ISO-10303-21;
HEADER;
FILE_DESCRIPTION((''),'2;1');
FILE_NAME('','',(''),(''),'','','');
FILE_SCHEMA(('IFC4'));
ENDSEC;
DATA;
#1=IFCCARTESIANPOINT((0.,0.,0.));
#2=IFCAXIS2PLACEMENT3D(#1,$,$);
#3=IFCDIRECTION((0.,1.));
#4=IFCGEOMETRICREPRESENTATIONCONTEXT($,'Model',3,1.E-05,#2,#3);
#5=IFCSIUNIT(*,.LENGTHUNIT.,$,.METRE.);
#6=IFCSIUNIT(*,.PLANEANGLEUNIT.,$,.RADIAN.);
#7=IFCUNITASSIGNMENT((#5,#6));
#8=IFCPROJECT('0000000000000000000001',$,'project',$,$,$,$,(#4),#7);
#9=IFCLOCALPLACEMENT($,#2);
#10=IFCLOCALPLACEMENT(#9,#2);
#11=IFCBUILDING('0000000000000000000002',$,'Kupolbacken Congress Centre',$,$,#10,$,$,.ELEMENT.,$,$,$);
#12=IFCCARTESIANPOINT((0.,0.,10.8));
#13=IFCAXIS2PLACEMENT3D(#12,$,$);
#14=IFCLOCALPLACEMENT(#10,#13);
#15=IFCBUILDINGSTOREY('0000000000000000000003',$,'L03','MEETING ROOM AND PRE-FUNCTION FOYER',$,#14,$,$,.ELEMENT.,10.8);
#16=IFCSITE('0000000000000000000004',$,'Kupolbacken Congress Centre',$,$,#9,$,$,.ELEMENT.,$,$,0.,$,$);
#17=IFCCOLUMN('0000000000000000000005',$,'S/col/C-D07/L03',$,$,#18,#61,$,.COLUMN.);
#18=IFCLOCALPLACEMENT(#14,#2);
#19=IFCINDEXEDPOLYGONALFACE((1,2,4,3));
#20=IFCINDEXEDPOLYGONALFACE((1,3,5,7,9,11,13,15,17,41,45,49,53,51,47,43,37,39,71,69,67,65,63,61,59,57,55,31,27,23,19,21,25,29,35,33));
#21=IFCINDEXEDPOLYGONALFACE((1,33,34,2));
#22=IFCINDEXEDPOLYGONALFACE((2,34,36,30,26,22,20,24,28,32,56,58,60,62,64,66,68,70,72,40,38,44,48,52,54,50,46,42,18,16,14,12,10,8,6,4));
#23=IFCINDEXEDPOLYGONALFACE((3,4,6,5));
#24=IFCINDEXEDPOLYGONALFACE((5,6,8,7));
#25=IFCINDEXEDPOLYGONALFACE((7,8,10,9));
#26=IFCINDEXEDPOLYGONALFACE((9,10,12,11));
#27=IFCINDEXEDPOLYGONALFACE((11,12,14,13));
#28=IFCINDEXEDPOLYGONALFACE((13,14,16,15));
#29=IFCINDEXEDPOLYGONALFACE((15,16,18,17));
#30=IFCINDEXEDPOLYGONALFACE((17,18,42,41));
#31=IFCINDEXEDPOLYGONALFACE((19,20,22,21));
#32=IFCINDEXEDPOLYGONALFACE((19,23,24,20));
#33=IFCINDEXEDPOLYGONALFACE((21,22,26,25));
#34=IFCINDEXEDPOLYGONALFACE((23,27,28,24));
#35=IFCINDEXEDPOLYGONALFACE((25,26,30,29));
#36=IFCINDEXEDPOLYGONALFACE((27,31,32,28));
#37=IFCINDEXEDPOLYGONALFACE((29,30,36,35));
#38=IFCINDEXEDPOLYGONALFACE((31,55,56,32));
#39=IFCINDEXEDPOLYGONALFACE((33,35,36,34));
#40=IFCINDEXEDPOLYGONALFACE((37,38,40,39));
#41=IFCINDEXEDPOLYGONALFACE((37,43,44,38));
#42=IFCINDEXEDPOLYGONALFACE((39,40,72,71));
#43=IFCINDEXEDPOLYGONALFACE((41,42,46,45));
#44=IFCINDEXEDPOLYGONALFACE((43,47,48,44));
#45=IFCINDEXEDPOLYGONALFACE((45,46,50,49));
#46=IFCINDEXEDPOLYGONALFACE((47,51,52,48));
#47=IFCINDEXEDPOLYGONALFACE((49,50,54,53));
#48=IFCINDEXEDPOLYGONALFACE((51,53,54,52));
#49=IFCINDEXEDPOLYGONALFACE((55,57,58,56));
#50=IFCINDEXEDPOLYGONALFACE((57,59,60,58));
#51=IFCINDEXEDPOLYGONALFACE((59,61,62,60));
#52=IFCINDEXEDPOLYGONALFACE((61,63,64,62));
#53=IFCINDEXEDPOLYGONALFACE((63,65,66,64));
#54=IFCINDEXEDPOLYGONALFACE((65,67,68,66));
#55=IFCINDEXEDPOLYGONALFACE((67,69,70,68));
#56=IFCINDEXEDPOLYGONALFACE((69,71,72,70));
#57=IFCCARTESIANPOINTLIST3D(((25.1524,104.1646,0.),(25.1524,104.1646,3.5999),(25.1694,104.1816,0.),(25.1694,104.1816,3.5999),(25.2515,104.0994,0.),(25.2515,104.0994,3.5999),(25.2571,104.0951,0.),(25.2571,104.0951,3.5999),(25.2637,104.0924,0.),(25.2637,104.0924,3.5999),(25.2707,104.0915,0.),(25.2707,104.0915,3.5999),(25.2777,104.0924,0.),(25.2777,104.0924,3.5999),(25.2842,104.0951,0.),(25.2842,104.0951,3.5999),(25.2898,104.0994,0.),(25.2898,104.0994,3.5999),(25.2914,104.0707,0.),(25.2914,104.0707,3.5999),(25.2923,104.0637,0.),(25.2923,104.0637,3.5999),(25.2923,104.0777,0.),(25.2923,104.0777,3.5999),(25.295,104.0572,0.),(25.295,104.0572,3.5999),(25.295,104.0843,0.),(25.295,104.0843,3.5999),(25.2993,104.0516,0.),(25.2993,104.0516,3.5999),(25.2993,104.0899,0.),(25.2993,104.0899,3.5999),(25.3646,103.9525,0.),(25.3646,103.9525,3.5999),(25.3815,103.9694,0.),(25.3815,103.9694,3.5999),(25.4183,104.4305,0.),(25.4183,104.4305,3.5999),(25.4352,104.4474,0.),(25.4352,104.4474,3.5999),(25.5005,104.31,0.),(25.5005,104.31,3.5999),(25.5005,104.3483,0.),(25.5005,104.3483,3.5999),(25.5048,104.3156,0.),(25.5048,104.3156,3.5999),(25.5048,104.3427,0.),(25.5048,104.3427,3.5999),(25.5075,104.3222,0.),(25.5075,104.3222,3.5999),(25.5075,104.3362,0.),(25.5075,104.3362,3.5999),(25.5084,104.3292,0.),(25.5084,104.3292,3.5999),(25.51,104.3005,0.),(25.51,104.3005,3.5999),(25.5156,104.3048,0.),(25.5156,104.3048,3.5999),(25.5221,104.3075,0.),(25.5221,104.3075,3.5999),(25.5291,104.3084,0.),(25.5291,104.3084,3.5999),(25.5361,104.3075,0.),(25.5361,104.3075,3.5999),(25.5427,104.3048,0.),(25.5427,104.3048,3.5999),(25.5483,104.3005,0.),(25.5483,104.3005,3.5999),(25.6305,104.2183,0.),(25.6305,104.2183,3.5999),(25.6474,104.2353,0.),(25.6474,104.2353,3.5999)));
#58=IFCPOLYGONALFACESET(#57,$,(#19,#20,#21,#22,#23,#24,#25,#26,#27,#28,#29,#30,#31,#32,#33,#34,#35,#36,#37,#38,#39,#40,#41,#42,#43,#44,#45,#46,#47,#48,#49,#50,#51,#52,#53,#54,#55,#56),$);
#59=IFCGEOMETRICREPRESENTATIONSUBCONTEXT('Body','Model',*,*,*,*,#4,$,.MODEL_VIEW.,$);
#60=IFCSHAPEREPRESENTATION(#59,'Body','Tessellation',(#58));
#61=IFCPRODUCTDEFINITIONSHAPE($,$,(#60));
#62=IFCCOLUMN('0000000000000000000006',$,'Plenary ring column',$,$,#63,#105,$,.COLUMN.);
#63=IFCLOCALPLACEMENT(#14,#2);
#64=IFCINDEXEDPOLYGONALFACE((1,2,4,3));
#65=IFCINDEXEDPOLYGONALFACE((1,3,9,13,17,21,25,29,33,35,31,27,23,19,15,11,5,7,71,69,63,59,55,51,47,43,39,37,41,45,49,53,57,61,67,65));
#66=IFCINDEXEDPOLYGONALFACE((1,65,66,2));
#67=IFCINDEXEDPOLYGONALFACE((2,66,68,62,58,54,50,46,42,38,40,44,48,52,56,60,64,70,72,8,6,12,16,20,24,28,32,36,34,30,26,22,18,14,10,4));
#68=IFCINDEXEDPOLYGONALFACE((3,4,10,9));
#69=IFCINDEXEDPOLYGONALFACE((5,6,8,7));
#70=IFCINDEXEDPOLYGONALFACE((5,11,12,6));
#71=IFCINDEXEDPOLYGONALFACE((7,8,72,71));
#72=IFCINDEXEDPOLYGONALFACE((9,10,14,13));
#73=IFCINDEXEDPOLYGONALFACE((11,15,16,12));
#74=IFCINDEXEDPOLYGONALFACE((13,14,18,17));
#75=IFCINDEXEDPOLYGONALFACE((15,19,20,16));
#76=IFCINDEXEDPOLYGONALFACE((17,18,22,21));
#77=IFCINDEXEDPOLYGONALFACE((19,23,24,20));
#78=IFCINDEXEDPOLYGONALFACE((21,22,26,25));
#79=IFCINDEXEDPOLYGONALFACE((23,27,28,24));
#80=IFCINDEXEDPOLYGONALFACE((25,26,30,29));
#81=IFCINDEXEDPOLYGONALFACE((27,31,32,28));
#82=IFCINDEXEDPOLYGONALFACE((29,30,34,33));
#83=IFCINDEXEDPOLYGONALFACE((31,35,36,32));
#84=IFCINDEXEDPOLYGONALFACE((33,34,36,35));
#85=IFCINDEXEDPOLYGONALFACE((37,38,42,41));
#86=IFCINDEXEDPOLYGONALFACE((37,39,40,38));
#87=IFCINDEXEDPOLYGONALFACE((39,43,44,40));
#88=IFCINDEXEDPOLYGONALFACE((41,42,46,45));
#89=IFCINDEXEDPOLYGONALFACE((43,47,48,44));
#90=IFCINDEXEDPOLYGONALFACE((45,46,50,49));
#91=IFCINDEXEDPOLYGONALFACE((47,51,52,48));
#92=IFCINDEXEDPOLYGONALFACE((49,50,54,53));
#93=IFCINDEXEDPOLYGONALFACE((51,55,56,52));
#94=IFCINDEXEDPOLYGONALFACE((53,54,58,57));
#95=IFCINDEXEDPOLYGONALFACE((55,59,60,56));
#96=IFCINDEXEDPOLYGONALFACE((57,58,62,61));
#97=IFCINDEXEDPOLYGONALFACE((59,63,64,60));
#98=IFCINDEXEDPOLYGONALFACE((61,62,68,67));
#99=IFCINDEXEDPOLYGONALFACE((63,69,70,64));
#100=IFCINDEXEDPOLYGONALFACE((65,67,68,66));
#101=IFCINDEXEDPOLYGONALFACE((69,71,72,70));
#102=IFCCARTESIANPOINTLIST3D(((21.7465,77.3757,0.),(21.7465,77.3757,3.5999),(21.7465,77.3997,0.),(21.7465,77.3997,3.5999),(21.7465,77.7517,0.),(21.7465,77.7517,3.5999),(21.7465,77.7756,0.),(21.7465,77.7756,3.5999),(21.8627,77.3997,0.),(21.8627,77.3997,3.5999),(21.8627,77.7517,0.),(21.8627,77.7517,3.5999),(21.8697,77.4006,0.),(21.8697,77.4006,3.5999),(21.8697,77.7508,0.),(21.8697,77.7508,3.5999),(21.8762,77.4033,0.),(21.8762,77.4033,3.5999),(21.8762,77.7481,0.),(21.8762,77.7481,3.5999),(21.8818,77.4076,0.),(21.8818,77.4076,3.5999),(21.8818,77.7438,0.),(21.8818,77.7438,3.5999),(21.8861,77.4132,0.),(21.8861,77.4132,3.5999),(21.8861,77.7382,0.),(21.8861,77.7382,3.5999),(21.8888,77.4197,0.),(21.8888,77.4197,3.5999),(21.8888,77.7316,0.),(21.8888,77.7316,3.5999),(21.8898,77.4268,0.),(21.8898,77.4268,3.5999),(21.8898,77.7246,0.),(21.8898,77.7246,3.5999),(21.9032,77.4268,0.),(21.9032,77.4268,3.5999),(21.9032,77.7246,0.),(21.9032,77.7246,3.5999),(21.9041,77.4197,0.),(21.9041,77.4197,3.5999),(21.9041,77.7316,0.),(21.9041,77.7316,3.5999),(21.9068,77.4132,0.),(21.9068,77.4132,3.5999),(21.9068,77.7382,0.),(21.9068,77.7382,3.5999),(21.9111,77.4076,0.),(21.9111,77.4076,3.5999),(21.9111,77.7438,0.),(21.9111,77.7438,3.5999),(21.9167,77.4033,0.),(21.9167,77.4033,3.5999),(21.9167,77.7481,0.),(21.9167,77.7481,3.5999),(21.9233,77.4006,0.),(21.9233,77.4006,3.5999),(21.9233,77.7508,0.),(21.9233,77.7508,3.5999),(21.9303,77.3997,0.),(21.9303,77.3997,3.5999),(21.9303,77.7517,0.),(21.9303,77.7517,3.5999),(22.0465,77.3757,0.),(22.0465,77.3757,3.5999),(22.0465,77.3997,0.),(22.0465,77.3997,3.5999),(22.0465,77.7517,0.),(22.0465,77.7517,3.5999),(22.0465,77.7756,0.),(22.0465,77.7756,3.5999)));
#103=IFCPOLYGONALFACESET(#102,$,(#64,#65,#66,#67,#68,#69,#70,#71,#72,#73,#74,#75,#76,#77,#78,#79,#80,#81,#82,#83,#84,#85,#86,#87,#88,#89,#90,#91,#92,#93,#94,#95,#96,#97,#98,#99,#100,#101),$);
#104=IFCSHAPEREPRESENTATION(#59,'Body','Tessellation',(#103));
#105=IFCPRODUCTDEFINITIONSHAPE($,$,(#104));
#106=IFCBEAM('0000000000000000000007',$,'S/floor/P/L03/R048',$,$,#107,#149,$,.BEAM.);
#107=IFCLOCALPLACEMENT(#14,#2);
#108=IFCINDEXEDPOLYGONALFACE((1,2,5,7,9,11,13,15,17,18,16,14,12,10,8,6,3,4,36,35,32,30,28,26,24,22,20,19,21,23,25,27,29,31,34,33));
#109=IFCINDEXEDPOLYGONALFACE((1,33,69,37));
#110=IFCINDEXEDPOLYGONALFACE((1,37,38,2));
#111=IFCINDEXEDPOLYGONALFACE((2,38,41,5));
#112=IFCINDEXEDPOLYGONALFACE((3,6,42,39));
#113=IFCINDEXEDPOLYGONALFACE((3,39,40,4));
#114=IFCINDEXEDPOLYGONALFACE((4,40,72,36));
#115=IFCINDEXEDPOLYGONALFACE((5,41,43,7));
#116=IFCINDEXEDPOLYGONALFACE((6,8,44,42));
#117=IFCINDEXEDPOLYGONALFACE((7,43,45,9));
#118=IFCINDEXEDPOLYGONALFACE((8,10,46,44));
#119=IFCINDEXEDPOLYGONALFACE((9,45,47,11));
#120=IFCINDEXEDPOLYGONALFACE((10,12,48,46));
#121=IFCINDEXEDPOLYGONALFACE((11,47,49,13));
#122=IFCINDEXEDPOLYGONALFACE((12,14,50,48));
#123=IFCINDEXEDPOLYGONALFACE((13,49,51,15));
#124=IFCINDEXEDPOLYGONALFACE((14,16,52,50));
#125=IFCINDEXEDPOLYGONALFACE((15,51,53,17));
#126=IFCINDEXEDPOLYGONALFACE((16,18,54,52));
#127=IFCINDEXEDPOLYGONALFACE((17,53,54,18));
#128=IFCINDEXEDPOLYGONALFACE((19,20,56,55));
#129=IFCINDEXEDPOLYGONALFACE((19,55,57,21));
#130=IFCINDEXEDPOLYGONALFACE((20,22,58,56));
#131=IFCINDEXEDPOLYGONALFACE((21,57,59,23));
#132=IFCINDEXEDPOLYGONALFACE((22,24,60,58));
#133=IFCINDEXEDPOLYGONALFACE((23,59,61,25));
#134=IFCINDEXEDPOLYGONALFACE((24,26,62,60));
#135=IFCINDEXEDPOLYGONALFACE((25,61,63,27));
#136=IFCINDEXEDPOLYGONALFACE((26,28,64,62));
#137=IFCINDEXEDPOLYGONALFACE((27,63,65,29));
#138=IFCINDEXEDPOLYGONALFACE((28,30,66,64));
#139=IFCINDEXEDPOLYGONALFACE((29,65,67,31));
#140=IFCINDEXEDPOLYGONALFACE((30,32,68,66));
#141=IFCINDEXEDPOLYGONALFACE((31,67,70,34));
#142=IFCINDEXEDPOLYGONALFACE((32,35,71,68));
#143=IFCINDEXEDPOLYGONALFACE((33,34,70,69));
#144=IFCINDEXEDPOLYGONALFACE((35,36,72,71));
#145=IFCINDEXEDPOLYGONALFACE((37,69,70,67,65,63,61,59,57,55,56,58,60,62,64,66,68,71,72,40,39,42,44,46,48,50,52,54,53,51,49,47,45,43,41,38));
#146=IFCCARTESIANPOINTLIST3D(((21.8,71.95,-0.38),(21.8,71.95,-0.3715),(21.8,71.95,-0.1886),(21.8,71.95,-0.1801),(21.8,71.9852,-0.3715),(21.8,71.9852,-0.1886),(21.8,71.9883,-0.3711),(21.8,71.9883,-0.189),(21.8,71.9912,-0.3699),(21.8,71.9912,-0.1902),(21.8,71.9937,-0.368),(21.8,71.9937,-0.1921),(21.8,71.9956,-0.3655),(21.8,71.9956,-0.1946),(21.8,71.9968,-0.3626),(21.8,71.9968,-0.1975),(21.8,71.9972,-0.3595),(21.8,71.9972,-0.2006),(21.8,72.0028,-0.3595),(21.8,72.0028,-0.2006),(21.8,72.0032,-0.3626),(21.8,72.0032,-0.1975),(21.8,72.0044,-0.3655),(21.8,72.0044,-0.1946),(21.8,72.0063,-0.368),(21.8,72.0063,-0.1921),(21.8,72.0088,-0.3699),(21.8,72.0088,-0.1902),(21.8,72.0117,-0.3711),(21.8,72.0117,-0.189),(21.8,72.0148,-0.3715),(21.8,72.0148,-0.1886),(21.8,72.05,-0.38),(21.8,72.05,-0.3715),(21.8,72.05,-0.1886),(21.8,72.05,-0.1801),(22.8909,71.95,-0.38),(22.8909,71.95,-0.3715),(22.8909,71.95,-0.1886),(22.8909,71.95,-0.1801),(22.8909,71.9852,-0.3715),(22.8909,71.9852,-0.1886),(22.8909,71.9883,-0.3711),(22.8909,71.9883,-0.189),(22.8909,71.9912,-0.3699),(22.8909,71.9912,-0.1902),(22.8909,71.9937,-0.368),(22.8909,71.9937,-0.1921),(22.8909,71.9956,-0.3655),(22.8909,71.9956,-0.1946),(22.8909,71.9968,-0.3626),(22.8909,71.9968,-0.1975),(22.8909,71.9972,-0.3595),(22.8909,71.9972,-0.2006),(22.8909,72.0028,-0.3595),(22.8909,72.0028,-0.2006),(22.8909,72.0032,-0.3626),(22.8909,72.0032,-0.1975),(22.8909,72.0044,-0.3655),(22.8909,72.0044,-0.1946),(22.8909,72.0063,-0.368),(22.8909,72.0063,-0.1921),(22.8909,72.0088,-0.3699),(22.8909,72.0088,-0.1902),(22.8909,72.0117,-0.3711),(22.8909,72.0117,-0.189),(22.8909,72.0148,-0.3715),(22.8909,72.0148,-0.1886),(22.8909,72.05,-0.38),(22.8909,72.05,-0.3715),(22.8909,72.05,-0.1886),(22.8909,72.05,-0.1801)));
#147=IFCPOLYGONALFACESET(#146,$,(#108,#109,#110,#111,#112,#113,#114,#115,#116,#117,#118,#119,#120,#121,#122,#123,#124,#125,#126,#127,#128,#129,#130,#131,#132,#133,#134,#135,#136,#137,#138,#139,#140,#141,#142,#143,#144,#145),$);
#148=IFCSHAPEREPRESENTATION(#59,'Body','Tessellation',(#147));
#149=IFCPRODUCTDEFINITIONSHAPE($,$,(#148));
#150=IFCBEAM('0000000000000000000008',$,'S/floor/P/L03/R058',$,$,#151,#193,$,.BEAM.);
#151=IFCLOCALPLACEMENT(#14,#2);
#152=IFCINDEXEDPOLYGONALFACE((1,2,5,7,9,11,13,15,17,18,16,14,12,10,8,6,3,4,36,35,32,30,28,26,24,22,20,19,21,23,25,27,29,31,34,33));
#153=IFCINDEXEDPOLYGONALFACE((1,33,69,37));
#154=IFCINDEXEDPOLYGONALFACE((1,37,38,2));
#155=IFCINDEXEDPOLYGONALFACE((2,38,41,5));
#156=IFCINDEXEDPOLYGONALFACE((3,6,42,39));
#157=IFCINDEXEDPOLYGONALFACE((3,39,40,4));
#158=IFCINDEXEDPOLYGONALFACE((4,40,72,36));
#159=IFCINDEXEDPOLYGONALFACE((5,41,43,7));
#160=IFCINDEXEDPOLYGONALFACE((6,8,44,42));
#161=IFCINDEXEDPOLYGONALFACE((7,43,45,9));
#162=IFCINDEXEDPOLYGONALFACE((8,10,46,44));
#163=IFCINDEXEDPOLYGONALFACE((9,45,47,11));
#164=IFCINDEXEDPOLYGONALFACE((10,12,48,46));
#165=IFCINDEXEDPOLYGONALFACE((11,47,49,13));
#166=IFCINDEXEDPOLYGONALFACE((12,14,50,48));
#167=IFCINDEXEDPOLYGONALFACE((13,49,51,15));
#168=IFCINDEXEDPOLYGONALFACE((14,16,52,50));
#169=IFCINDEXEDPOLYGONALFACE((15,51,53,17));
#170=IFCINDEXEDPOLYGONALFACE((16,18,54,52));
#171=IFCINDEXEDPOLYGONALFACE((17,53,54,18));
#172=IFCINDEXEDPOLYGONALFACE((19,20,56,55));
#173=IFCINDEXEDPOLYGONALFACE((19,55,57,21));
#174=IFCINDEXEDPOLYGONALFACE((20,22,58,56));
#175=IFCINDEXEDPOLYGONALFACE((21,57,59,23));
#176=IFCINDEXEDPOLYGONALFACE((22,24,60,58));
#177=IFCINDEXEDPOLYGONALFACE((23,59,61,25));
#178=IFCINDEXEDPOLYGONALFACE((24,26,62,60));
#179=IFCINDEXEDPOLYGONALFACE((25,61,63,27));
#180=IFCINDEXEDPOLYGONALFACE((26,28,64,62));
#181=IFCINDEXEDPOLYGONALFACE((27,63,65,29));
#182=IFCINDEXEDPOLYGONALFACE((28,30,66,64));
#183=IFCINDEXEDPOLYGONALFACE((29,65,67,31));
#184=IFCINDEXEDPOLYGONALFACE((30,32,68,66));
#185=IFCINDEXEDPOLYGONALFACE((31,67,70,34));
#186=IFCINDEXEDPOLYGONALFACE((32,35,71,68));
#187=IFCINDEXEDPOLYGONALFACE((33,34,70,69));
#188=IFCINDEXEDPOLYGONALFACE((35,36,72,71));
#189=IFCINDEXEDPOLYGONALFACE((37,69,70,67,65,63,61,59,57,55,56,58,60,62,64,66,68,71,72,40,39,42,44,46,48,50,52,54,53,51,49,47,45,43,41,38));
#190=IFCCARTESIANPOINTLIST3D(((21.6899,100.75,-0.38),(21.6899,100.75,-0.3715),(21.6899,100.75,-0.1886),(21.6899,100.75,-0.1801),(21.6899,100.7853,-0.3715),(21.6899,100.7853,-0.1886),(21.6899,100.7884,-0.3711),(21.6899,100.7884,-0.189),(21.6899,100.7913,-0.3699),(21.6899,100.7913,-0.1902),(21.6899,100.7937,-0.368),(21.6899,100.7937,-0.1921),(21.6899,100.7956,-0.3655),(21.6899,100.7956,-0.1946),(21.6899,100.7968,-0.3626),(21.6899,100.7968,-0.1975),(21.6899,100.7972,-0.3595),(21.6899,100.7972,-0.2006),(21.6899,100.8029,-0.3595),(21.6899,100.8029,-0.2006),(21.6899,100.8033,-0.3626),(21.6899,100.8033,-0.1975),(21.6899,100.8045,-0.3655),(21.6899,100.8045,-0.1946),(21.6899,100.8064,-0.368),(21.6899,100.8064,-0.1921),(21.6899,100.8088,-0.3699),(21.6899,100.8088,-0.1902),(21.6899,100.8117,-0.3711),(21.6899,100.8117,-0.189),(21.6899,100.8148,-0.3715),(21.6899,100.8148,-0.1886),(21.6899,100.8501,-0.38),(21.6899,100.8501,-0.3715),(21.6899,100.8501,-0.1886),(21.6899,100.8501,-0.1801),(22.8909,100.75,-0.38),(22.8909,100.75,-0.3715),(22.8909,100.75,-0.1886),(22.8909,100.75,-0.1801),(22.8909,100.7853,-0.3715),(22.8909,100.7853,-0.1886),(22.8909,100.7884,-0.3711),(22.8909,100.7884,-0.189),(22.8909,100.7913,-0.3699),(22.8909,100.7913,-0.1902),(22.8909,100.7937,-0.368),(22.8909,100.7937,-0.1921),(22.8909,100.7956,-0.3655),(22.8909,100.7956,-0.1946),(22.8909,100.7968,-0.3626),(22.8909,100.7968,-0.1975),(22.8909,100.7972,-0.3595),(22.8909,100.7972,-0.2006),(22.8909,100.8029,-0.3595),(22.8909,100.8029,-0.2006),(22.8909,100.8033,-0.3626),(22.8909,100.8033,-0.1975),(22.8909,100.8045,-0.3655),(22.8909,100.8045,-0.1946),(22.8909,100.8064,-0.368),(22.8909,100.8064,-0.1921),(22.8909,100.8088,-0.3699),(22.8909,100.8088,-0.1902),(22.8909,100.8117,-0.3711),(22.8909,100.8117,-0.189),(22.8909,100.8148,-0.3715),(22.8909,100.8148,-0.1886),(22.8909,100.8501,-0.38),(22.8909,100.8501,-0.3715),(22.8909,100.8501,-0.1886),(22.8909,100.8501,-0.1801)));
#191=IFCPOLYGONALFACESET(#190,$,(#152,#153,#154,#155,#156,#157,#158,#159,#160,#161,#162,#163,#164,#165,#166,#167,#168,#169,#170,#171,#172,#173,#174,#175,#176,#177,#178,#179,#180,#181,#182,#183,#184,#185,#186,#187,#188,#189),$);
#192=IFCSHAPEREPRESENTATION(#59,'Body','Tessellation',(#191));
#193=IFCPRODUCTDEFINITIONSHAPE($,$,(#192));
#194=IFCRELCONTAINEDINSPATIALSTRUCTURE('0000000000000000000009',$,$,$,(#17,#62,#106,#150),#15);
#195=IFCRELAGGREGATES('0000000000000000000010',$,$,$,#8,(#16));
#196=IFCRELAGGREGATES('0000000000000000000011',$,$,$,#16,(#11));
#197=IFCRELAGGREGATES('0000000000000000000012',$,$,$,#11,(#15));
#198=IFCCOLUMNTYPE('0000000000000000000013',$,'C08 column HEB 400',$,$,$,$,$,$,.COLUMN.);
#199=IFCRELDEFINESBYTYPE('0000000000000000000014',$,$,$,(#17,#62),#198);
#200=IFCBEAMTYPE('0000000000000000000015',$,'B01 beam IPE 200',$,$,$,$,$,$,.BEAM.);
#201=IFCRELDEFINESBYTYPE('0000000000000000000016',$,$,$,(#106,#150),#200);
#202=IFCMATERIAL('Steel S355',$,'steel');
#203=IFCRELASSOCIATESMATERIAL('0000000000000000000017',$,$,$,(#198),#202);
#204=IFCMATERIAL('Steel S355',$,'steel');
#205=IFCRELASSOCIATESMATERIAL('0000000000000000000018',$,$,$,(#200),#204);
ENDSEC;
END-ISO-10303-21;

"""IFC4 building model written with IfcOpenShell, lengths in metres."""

from ifc_helpers import new_model, si_unit, direction, frame, origin, origin_2d, place, context, subcontext, project, spatial, i_section, extrude, material, material_profile, profile_set, type_object, element, save


model = new_model("IFC4")

# Units and contexts
model_context = context("Model", 3, precision=1e-05, world=origin(), true_north=direction((0.0, 1.0)))
body_context = subcontext(model_context, "Body", "Model", "MODEL_VIEW")
ifc_project = project(units=[si_unit("LENGTHUNIT", "METRE"), si_unit("PLANEANGLEUNIT", "RADIAN")], contexts=[model_context])

# Site, building, storey
site_placement = place(None, origin())
site = spatial("IfcSite", under=ifc_project, at=site_placement, Name="Kupolbacken Congress Centre", CompositionType="ELEMENT", RefElevation=0.0)
building_placement = place(site_placement, origin())
building = spatial("IfcBuilding", under=site, at=building_placement, Name="Kupolbacken Congress Centre", CompositionType="ELEMENT")
storey_placement = place(building_placement, frame((0.0, 0.0, 10.8)))
storey = spatial("IfcBuildingStorey", under=building, at=storey_placement, Name="L03", Description="MEETING ROOM AND PRE-FUNCTION FOYER", CompositionType="ELEMENT", Elevation=10.8)

# Columns
ifc_material_1 = material(Name="Steel S355", Category="steel")
ifc_material_profile_1 = material_profile(ifc_material_1, i_section(OverallWidth=0.3, OverallDepth=0.3999, WebThickness=0.0134, FlangeThickness=0.0239, FilletRadius=0.0271, at=origin_2d()), Name="HEB 400")
ifc_profile_set_1 = profile_set([ifc_material_profile_1], Name="Steel S355")
column_type = type_object("IfcColumnType", Name="C08 column HEB 400", PredefinedType="COLUMN", material=ifc_profile_set_1)
for number, where, z_axis, x_axis, name in (
    (1, (25.3999, 104.2, 0.0), (0.0, 0.0, 1.0), (-0.707107, 0.707107, 0.0), "S/col/C-D07/L03"),
    (2, (21.8965, 77.5757, 0.0), (0.0, 0.0, 1.0), (1.0, 0.0, 0.0), "Plenary ring column"),
):
    element("IfcColumn", number, at=place(storey_placement, frame(where, z_axis=z_axis, x_axis=x_axis)), inside=storey, type_object=column_type, Name=name, PredefinedType="COLUMN", context=body_context, shape_type="SweptSolid", body=[
        extrude(i_section(OverallWidth=0.3, OverallDepth=0.3999, WebThickness=0.0134, FlangeThickness=0.0239, FilletRadius=0.0271, at=origin_2d()), origin(), (0.0, 0.0, 1.0), 3.5999),
    ])

# Beams
ifc_material_2 = material(Name="Steel S355", Category="steel")
ifc_material_profile_2 = material_profile(ifc_material_2, i_section(OverallWidth=0.1001, OverallDepth=0.2, WebThickness=0.0056, FlangeThickness=0.0085, FilletRadius=0.012, at=origin_2d()), Name="IPE 200")
ifc_profile_set_2 = profile_set([ifc_material_profile_2], Name="Steel S355")
beam_type_1 = type_object("IfcBeamType", Name="B01 beam IPE 200", PredefinedType="BEAM", material=ifc_profile_set_2)
beam_1_placement = place(storey_placement, frame((21.8, 72.0, -0.28), z_axis=(1.0, 0.0, 0.0), x_axis=(0.0, 1.0, 0.0)))
element("IfcBeam", 3, at=beam_1_placement, inside=storey, type_object=beam_type_1, Name="S/floor/P/L03/R048", PredefinedType="BEAM", context=body_context, shape_type="SweptSolid", body=[
    extrude(i_section(OverallWidth=0.1001, OverallDepth=0.2, WebThickness=0.0056, FlangeThickness=0.0085, FilletRadius=0.012, at=origin_2d()), origin(), (0.0, 0.0, 1.0), 1.0908),
])
beam_2_placement = place(storey_placement, frame((21.6899, 100.8, -0.28), z_axis=(1.0, 0.0, 0.0), x_axis=(0.0, 1.0, 0.0)))
element("IfcBeam", 4, at=beam_2_placement, inside=storey, type_object=beam_type_1, Name="S/floor/P/L03/R058", PredefinedType="BEAM", context=body_context, shape_type="SweptSolid", body=[
    extrude(i_section(OverallWidth=0.1001, OverallDepth=0.2, WebThickness=0.0056, FlangeThickness=0.0085, FilletRadius=0.012, at=origin_2d()), origin(), (0.0, 0.0, 1.0), 1.2009),
])

save(model, "model.ifc")
